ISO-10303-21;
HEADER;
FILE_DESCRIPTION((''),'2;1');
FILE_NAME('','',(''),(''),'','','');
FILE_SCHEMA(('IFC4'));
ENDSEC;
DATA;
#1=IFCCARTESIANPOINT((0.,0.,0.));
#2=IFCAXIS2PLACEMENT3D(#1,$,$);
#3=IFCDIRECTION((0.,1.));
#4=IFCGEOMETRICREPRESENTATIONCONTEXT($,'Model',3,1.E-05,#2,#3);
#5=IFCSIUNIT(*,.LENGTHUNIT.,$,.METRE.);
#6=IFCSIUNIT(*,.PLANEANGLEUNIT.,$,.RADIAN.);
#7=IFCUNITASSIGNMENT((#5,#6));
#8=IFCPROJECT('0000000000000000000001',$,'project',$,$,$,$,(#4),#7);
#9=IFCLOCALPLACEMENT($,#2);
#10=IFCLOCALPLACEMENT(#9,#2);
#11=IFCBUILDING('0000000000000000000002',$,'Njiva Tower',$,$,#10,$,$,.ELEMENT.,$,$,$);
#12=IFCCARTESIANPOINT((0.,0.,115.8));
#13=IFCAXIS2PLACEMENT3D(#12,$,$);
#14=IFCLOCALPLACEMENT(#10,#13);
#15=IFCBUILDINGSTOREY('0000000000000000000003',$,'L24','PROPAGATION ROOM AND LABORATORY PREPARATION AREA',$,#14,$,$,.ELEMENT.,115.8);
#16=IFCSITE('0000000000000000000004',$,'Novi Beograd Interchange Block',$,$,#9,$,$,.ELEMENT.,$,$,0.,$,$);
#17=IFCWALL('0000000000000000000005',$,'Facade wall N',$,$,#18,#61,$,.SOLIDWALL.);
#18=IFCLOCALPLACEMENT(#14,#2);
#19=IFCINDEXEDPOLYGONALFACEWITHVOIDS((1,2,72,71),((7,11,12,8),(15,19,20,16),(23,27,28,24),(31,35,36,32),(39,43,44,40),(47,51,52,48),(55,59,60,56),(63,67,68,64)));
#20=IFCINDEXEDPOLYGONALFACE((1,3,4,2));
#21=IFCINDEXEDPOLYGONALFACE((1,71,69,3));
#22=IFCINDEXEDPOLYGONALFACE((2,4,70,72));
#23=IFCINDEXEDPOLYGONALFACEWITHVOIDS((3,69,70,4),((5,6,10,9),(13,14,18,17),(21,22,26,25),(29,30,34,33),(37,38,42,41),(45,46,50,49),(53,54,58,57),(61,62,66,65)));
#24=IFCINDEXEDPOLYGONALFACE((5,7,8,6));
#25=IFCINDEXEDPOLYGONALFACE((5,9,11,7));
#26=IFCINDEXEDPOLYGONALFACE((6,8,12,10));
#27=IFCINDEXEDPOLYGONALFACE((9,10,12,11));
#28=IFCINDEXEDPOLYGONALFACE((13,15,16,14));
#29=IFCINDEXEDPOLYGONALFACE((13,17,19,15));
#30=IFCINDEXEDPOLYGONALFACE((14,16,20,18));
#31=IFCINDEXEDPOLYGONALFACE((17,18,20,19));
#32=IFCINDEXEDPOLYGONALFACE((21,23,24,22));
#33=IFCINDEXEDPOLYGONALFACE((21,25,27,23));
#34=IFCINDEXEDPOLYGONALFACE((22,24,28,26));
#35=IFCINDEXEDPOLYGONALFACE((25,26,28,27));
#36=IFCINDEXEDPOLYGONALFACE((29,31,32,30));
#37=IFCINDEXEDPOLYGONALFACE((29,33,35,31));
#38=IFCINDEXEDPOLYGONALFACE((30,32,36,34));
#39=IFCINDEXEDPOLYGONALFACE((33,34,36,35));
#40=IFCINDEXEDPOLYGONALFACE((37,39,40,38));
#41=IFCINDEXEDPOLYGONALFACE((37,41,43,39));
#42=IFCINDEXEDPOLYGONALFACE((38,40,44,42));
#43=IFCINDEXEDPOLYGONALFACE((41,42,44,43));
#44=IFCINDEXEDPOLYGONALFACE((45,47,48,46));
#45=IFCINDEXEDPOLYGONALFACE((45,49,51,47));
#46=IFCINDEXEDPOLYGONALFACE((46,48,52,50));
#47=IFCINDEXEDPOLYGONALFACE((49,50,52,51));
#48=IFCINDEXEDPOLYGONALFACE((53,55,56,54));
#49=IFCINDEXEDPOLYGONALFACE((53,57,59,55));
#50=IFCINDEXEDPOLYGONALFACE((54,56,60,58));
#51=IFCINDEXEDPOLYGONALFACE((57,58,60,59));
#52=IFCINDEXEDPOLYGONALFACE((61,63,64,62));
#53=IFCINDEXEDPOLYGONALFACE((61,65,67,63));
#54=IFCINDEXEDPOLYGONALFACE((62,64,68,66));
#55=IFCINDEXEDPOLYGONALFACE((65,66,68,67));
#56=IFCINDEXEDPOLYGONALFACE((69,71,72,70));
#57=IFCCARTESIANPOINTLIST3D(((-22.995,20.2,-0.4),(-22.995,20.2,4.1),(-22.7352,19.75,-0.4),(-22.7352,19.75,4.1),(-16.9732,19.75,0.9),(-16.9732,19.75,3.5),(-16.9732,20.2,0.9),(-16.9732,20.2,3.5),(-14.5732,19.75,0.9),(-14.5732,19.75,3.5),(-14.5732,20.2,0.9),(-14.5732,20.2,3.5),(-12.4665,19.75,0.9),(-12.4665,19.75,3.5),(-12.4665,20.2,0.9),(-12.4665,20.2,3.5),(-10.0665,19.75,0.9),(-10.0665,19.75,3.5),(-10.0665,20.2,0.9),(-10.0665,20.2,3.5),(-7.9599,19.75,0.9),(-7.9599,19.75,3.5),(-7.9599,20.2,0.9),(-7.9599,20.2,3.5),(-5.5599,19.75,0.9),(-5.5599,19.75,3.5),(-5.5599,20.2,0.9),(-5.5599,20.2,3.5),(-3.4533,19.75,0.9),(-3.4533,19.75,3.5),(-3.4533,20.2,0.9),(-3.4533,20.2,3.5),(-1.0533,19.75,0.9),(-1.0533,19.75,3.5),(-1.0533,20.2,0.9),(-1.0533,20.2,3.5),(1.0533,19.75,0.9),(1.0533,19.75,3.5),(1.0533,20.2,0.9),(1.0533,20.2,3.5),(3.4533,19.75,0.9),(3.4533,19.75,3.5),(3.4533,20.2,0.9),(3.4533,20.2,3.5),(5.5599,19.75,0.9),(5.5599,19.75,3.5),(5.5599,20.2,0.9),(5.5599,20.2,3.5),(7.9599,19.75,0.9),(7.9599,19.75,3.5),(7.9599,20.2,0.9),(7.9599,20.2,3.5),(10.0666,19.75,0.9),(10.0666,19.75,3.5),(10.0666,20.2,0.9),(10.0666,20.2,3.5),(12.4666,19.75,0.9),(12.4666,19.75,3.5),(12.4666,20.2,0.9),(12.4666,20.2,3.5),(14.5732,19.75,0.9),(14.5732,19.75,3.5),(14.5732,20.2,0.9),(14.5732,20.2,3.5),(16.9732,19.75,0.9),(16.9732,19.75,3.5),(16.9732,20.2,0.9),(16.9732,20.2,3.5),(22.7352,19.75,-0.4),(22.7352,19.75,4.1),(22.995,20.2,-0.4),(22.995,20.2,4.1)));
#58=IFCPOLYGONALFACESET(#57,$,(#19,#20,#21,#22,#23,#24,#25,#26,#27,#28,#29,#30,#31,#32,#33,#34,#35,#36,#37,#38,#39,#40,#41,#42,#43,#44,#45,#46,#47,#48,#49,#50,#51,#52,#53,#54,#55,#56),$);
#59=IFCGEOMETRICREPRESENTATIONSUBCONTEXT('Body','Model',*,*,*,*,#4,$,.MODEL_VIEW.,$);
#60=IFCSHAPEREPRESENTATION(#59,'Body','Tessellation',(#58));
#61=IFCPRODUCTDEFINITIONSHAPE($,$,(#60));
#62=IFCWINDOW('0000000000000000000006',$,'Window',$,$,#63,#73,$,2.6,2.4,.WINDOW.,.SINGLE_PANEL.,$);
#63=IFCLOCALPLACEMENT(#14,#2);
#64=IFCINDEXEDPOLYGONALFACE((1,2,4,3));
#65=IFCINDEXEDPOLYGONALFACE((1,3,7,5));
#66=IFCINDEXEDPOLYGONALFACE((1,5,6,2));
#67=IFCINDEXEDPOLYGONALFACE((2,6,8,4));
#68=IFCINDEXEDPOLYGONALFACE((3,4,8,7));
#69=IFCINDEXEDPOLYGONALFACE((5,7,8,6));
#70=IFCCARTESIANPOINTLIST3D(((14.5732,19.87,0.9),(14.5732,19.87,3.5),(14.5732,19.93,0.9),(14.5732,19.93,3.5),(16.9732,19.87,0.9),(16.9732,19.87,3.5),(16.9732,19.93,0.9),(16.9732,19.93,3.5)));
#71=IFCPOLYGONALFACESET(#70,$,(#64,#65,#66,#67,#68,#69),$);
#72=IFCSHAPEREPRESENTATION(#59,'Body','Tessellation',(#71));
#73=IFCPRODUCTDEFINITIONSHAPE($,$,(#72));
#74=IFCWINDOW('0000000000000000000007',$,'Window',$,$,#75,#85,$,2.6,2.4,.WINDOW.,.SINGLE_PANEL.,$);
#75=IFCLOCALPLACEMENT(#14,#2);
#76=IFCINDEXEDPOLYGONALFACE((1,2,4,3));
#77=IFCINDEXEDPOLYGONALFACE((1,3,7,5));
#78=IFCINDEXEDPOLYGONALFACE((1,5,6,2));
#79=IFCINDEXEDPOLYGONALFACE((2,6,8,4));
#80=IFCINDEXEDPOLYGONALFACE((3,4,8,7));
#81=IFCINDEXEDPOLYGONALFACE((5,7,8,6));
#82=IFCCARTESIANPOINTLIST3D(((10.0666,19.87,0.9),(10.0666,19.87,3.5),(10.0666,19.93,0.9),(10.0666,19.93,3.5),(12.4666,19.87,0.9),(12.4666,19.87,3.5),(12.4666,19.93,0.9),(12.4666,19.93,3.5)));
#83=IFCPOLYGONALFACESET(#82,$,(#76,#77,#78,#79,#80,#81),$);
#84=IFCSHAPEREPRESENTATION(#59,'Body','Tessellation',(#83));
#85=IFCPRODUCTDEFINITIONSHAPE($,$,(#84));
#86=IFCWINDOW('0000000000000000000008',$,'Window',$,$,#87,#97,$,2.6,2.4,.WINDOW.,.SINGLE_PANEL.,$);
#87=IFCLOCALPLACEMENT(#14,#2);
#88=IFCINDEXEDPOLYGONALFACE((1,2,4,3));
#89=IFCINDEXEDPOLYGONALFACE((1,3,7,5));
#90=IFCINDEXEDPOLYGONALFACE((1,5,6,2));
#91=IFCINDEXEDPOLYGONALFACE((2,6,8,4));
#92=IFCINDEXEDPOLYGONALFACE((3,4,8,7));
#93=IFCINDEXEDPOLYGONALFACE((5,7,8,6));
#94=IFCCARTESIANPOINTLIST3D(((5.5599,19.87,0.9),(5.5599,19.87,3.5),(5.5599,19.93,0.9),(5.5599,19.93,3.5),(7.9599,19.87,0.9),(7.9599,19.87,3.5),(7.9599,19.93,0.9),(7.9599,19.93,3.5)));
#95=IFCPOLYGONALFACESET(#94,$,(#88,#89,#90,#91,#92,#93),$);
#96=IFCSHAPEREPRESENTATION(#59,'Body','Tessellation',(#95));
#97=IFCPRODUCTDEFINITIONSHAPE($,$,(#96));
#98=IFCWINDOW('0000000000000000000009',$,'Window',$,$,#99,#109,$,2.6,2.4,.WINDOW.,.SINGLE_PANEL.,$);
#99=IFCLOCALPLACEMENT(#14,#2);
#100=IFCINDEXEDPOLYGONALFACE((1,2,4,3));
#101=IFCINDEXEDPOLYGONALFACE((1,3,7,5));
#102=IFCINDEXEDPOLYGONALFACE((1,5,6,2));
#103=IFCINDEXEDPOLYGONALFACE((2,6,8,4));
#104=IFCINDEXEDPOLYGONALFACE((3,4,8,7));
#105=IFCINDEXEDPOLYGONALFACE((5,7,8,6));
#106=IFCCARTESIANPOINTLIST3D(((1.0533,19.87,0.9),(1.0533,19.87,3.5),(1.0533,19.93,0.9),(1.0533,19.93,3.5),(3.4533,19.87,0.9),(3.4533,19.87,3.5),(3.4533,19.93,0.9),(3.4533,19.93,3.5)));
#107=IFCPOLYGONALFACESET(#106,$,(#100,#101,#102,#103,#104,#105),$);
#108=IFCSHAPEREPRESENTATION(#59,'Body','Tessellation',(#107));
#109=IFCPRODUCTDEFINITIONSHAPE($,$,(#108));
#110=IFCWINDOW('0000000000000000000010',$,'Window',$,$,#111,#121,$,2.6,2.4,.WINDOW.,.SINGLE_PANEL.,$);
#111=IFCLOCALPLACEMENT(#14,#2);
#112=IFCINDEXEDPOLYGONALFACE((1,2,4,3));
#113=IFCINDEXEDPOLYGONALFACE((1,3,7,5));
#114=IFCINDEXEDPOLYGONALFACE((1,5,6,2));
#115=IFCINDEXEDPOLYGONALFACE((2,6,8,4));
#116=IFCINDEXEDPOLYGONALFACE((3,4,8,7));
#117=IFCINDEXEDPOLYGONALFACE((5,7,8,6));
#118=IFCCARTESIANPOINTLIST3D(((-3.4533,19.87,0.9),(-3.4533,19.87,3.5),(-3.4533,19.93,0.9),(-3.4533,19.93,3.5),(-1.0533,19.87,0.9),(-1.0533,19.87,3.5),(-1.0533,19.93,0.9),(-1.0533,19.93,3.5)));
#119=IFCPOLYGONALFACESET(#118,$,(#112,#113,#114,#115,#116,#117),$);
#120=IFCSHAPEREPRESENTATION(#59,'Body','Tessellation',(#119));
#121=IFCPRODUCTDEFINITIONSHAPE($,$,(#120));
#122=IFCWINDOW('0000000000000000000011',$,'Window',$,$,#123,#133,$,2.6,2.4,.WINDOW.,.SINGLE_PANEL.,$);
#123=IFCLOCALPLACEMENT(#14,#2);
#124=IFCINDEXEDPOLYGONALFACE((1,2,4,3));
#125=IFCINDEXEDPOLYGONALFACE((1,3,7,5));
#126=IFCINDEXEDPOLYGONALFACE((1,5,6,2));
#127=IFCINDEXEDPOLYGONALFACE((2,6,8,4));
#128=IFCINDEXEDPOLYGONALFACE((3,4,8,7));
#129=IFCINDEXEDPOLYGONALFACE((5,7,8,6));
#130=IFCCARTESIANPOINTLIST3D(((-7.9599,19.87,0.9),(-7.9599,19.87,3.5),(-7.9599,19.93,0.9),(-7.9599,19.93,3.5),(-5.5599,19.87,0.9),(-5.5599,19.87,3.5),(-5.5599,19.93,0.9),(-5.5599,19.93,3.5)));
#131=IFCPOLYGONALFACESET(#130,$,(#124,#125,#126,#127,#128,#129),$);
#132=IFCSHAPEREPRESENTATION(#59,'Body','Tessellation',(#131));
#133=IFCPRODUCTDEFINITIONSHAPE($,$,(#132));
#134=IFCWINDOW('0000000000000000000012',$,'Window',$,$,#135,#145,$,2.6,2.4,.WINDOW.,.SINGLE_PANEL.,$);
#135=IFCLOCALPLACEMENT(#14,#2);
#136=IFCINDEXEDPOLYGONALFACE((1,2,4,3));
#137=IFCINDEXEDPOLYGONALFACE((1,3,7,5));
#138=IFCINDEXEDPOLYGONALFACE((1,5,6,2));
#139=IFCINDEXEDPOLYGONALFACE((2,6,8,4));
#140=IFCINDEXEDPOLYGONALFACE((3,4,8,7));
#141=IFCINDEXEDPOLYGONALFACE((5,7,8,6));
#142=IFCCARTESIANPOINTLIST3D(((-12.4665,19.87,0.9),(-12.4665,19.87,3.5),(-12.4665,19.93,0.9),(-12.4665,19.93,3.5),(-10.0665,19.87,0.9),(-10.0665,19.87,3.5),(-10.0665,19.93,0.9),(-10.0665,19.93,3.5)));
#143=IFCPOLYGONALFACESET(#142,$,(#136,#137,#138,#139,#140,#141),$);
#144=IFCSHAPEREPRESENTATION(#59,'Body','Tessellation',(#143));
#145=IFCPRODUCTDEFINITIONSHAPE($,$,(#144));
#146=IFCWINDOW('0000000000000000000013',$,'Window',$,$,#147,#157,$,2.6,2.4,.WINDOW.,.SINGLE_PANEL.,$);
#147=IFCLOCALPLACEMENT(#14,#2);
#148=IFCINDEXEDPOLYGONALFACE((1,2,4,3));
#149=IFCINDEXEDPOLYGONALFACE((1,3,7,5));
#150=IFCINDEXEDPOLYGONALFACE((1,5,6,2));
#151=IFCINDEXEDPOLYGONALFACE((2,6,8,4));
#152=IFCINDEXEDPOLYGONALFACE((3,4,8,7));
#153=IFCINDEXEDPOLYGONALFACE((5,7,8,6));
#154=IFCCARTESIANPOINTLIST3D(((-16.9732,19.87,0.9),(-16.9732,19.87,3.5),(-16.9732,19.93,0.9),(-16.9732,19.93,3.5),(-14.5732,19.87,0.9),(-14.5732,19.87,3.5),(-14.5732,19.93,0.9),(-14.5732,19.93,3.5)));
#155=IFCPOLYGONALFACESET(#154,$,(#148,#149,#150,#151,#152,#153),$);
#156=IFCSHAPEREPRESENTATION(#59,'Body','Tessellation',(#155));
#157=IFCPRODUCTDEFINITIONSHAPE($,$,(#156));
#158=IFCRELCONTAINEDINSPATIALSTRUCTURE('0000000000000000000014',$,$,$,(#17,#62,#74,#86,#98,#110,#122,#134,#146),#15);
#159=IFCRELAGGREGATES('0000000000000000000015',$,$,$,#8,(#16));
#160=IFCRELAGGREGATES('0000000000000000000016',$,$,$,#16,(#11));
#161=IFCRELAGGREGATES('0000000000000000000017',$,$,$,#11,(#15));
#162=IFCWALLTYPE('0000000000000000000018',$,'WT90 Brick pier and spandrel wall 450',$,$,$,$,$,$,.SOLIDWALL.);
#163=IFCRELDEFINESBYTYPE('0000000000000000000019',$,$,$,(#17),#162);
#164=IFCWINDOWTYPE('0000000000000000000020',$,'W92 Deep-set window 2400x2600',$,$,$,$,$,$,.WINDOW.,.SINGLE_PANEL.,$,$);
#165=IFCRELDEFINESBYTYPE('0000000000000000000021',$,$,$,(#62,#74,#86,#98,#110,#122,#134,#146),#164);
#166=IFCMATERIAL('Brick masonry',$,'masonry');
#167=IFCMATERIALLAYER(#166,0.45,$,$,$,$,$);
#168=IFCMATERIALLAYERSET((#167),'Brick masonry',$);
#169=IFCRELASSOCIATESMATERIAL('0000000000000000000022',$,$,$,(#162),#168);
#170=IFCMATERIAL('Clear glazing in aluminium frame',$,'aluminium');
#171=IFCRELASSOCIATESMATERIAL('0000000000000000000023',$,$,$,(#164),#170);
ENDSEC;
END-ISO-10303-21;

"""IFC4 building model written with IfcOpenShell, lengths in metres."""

from ifc_helpers import new_model, si_unit, direction, frame, frame_2d, origin, place, context, subcontext, project, spatial, polyline, rectangle, outline, extrude, material, layer, layer_set, type_object, element, fill, save


model = new_model("IFC4")

# Units and contexts
model_context = context("Model", 3, precision=1e-05, world=origin(), true_north=direction((0.0, 1.0)))
body_context = subcontext(model_context, "Body", "Model", "MODEL_VIEW")
ifc_project = project(units=[si_unit("LENGTHUNIT", "METRE"), si_unit("PLANEANGLEUNIT", "RADIAN")], contexts=[model_context])

# Site, building, storey
site_placement = place(None, origin())
site = spatial("IfcSite", under=ifc_project, at=site_placement, Name="Novi Beograd Interchange Block", CompositionType="ELEMENT", RefElevation=0.0)
building_placement = place(site_placement, origin())
building = spatial("IfcBuilding", under=site, at=building_placement, Name="Njiva Tower", CompositionType="ELEMENT")
storey_placement = place(building_placement, frame((0.0, 0.0, 115.8)))
storey = spatial("IfcBuildingStorey", under=building, at=storey_placement, Name="L24", Description="PROPAGATION ROOM AND LABORATORY PREPARATION AREA", CompositionType="ELEMENT", Elevation=115.8)

# Wall, openings, windows
ifc_material_1 = material(Name="Brick masonry", Category="masonry")
ifc_layer_1 = layer(ifc_material_1, 0.45)
ifc_layer_set_1 = layer_set([ifc_layer_1], Name="Brick masonry")
wall_type_1 = type_object("IfcWallType", Name="WT90 Brick pier and spandrel wall 450", PredefinedType="SOLIDWALL", material=ifc_layer_set_1)
wall_1_placement = place(storey_placement, frame((22.8651, 19.975, -0.4), z_axis=(0.0, 0.0, 1.0), x_axis=(-1.0, 0.0, 0.0)))
wall_1 = element("IfcWall", 1, at=wall_1_placement, inside=storey, type_object=wall_type_1, Name="Facade wall N", PredefinedType="SOLIDWALL", context=body_context, shape_type="SweptSolid", body=[
    extrude(outline(polyline([(-0.1299, -0.225), (45.8601, -0.225), (45.6003, 0.225), (0.1299, 0.225), (-0.1299, -0.225)])), origin(), (0.0, 0.0, 1.0), 4.5),
])
opening_1_placement = place(wall_1_placement, frame((5.8919, 0.0, 1.3)))
opening_1 = element("IfcOpeningElement", 2, at=opening_1_placement, cuts=wall_1, PredefinedType="OPENING", context=body_context, shape_type="SweptSolid", body=[
    extrude(rectangle(XDim=2.4, YDim=2.6, at=frame_2d((1.2, 1.3))), frame((0.0, 0.235, 0.0), z_axis=(0.0, -1.0, 0.0), x_axis=(1.0, 0.0, 0.0)), (0.0, 0.0, 1.0), 0.47),
])
opening_2_placement = place(wall_1_placement, frame((10.3985, 0.0, 1.3)))
opening_2 = element("IfcOpeningElement", 3, at=opening_2_placement, cuts=wall_1, PredefinedType="OPENING", context=body_context, shape_type="SweptSolid", body=[
    extrude(rectangle(XDim=2.4, YDim=2.6, at=frame_2d((1.2, 1.3))), frame((0.0, 0.235, 0.0), z_axis=(0.0, -1.0, 0.0), x_axis=(1.0, 0.0, 0.0)), (0.0, 0.0, 1.0), 0.47),
])
opening_3_placement = place(wall_1_placement, frame((14.9052, 0.0, 1.3)))
opening_3 = element("IfcOpeningElement", 4, at=opening_3_placement, cuts=wall_1, PredefinedType="OPENING", context=body_context, shape_type="SweptSolid", body=[
    extrude(rectangle(XDim=2.4, YDim=2.6, at=frame_2d((1.2, 1.3))), frame((0.0, 0.235, 0.0), z_axis=(0.0, -1.0, 0.0), x_axis=(1.0, 0.0, 0.0)), (0.0, 0.0, 1.0), 0.47),
])
opening_4_placement = place(wall_1_placement, frame((19.4118, 0.0, 1.3)))
opening_4 = element("IfcOpeningElement", 5, at=opening_4_placement, cuts=wall_1, PredefinedType="OPENING", context=body_context, shape_type="SweptSolid", body=[
    extrude(rectangle(XDim=2.4, YDim=2.6, at=frame_2d((1.2, 1.3))), frame((0.0, 0.235, 0.0), z_axis=(0.0, -1.0, 0.0), x_axis=(1.0, 0.0, 0.0)), (0.0, 0.0, 1.0), 0.47),
])
opening_5_placement = place(wall_1_placement, frame((23.9184, 0.0, 1.3)))
opening_5 = element("IfcOpeningElement", 6, at=opening_5_placement, cuts=wall_1, PredefinedType="OPENING", context=body_context, shape_type="SweptSolid", body=[
    extrude(rectangle(XDim=2.4, YDim=2.6, at=frame_2d((1.2, 1.3))), frame((0.0, 0.235, 0.0), z_axis=(0.0, -1.0, 0.0), x_axis=(1.0, 0.0, 0.0)), (0.0, 0.0, 1.0), 0.47),
])
opening_6_placement = place(wall_1_placement, frame((28.425, 0.0, 1.3)))
opening_6 = element("IfcOpeningElement", 7, at=opening_6_placement, cuts=wall_1, PredefinedType="OPENING", context=body_context, shape_type="SweptSolid", body=[
    extrude(rectangle(XDim=2.4, YDim=2.6, at=frame_2d((1.2, 1.3))), frame((0.0, 0.235, 0.0), z_axis=(0.0, -1.0, 0.0), x_axis=(1.0, 0.0, 0.0)), (0.0, 0.0, 1.0), 0.47),
])
opening_7_placement = place(wall_1_placement, frame((32.9316, 0.0, 1.3)))
opening_7 = element("IfcOpeningElement", 8, at=opening_7_placement, cuts=wall_1, PredefinedType="OPENING", context=body_context, shape_type="SweptSolid", body=[
    extrude(rectangle(XDim=2.4, YDim=2.6, at=frame_2d((1.2, 1.3))), frame((0.0, 0.235, 0.0), z_axis=(0.0, -1.0, 0.0), x_axis=(1.0, 0.0, 0.0)), (0.0, 0.0, 1.0), 0.47),
])
opening_8_placement = place(wall_1_placement, frame((37.4383, 0.0, 1.3)))
opening_8 = element("IfcOpeningElement", 9, at=opening_8_placement, cuts=wall_1, PredefinedType="OPENING", context=body_context, shape_type="SweptSolid", body=[
    extrude(rectangle(XDim=2.4, YDim=2.6, at=frame_2d((1.2, 1.3))), frame((0.0, 0.235, 0.0), z_axis=(0.0, -1.0, 0.0), x_axis=(1.0, 0.0, 0.0)), (0.0, 0.0, 1.0), 0.47),
])
ifc_material_2 = material(Name="Clear glazing in aluminium frame", Category="aluminium")
window_type_1 = type_object("IfcWindowType", Name="W92 Deep-set window 2400x2600", PartitioningType="SINGLE_PANEL", PredefinedType="WINDOW", material=ifc_material_2)
window_1_placement = place(opening_1_placement, origin())
window_1 = element("IfcWindow", 10, at=window_1_placement, inside=storey, type_object=window_type_1, Name="Window", OverallHeight=2.6, OverallWidth=2.4, PartitioningType="SINGLE_PANEL", PredefinedType="WINDOW", context=body_context, shape_type="SweptSolid", body=[
    extrude(rectangle(XDim=2.4, YDim=2.6, at=frame_2d((1.2, 1.3))), frame((0.0, 0.105, 0.0), z_axis=(0.0, -1.0, 0.0), x_axis=(1.0, 0.0, 0.0)), (0.0, 0.0, 1.0), 0.06),
])
fill(opening_1, window_1)
window_2_placement = place(opening_2_placement, origin())
window_2 = element("IfcWindow", 11, at=window_2_placement, inside=storey, type_object=window_type_1, Name="Window", OverallHeight=2.6, OverallWidth=2.4, PartitioningType="SINGLE_PANEL", PredefinedType="WINDOW", context=body_context, shape_type="SweptSolid", body=[
    extrude(rectangle(XDim=2.4, YDim=2.6, at=frame_2d((1.2, 1.3))), frame((0.0, 0.105, 0.0), z_axis=(0.0, -1.0, 0.0), x_axis=(1.0, 0.0, 0.0)), (0.0, 0.0, 1.0), 0.06),
])
fill(opening_2, window_2)
window_3_placement = place(opening_3_placement, origin())
window_3 = element("IfcWindow", 12, at=window_3_placement, inside=storey, type_object=window_type_1, Name="Window", OverallHeight=2.6, OverallWidth=2.4, PartitioningType="SINGLE_PANEL", PredefinedType="WINDOW", context=body_context, shape_type="SweptSolid", body=[
    extrude(rectangle(XDim=2.4, YDim=2.6, at=frame_2d((1.2, 1.3))), frame((0.0, 0.105, 0.0), z_axis=(0.0, -1.0, 0.0), x_axis=(1.0, 0.0, 0.0)), (0.0, 0.0, 1.0), 0.06),
])
fill(opening_3, window_3)
window_4_placement = place(opening_4_placement, origin())
window_4 = element("IfcWindow", 13, at=window_4_placement, inside=storey, type_object=window_type_1, Name="Window", OverallHeight=2.6, OverallWidth=2.4, PartitioningType="SINGLE_PANEL", PredefinedType="WINDOW", context=body_context, shape_type="SweptSolid", body=[
    extrude(rectangle(XDim=2.4, YDim=2.6, at=frame_2d((1.2, 1.3))), frame((0.0, 0.105, 0.0), z_axis=(0.0, -1.0, 0.0), x_axis=(1.0, 0.0, 0.0)), (0.0, 0.0, 1.0), 0.06),
])
fill(opening_4, window_4)
window_5_placement = place(opening_5_placement, origin())
window_5 = element("IfcWindow", 14, at=window_5_placement, inside=storey, type_object=window_type_1, Name="Window", OverallHeight=2.6, OverallWidth=2.4, PartitioningType="SINGLE_PANEL", PredefinedType="WINDOW", context=body_context, shape_type="SweptSolid", body=[
    extrude(rectangle(XDim=2.4, YDim=2.6, at=frame_2d((1.2, 1.3))), frame((0.0, 0.105, 0.0), z_axis=(0.0, -1.0, 0.0), x_axis=(1.0, 0.0, 0.0)), (0.0, 0.0, 1.0), 0.06),
])
fill(opening_5, window_5)
window_6_placement = place(opening_6_placement, origin())
window_6 = element("IfcWindow", 15, at=window_6_placement, inside=storey, type_object=window_type_1, Name="Window", OverallHeight=2.6, OverallWidth=2.4, PartitioningType="SINGLE_PANEL", PredefinedType="WINDOW", context=body_context, shape_type="SweptSolid", body=[
    extrude(rectangle(XDim=2.4, YDim=2.6, at=frame_2d((1.2, 1.3))), frame((0.0, 0.105, 0.0), z_axis=(0.0, -1.0, 0.0), x_axis=(1.0, 0.0, 0.0)), (0.0, 0.0, 1.0), 0.06),
])
fill(opening_6, window_6)
window_7_placement = place(opening_7_placement, origin())
window_7 = element("IfcWindow", 16, at=window_7_placement, inside=storey, type_object=window_type_1, Name="Window", OverallHeight=2.6, OverallWidth=2.4, PartitioningType="SINGLE_PANEL", PredefinedType="WINDOW", context=body_context, shape_type="SweptSolid", body=[
    extrude(rectangle(XDim=2.4, YDim=2.6, at=frame_2d((1.2, 1.3))), frame((0.0, 0.105, 0.0), z_axis=(0.0, -1.0, 0.0), x_axis=(1.0, 0.0, 0.0)), (0.0, 0.0, 1.0), 0.06),
])
fill(opening_7, window_7)
window_8_placement = place(opening_8_placement, origin())
window_8 = element("IfcWindow", 17, at=window_8_placement, inside=storey, type_object=window_type_1, Name="Window", OverallHeight=2.6, OverallWidth=2.4, PartitioningType="SINGLE_PANEL", PredefinedType="WINDOW", context=body_context, shape_type="SweptSolid", body=[
    extrude(rectangle(XDim=2.4, YDim=2.6, at=frame_2d((1.2, 1.3))), frame((0.0, 0.105, 0.0), z_axis=(0.0, -1.0, 0.0), x_axis=(1.0, 0.0, 0.0)), (0.0, 0.0, 1.0), 0.06),
])
fill(opening_8, window_8)

save(model, "model.ifc")
